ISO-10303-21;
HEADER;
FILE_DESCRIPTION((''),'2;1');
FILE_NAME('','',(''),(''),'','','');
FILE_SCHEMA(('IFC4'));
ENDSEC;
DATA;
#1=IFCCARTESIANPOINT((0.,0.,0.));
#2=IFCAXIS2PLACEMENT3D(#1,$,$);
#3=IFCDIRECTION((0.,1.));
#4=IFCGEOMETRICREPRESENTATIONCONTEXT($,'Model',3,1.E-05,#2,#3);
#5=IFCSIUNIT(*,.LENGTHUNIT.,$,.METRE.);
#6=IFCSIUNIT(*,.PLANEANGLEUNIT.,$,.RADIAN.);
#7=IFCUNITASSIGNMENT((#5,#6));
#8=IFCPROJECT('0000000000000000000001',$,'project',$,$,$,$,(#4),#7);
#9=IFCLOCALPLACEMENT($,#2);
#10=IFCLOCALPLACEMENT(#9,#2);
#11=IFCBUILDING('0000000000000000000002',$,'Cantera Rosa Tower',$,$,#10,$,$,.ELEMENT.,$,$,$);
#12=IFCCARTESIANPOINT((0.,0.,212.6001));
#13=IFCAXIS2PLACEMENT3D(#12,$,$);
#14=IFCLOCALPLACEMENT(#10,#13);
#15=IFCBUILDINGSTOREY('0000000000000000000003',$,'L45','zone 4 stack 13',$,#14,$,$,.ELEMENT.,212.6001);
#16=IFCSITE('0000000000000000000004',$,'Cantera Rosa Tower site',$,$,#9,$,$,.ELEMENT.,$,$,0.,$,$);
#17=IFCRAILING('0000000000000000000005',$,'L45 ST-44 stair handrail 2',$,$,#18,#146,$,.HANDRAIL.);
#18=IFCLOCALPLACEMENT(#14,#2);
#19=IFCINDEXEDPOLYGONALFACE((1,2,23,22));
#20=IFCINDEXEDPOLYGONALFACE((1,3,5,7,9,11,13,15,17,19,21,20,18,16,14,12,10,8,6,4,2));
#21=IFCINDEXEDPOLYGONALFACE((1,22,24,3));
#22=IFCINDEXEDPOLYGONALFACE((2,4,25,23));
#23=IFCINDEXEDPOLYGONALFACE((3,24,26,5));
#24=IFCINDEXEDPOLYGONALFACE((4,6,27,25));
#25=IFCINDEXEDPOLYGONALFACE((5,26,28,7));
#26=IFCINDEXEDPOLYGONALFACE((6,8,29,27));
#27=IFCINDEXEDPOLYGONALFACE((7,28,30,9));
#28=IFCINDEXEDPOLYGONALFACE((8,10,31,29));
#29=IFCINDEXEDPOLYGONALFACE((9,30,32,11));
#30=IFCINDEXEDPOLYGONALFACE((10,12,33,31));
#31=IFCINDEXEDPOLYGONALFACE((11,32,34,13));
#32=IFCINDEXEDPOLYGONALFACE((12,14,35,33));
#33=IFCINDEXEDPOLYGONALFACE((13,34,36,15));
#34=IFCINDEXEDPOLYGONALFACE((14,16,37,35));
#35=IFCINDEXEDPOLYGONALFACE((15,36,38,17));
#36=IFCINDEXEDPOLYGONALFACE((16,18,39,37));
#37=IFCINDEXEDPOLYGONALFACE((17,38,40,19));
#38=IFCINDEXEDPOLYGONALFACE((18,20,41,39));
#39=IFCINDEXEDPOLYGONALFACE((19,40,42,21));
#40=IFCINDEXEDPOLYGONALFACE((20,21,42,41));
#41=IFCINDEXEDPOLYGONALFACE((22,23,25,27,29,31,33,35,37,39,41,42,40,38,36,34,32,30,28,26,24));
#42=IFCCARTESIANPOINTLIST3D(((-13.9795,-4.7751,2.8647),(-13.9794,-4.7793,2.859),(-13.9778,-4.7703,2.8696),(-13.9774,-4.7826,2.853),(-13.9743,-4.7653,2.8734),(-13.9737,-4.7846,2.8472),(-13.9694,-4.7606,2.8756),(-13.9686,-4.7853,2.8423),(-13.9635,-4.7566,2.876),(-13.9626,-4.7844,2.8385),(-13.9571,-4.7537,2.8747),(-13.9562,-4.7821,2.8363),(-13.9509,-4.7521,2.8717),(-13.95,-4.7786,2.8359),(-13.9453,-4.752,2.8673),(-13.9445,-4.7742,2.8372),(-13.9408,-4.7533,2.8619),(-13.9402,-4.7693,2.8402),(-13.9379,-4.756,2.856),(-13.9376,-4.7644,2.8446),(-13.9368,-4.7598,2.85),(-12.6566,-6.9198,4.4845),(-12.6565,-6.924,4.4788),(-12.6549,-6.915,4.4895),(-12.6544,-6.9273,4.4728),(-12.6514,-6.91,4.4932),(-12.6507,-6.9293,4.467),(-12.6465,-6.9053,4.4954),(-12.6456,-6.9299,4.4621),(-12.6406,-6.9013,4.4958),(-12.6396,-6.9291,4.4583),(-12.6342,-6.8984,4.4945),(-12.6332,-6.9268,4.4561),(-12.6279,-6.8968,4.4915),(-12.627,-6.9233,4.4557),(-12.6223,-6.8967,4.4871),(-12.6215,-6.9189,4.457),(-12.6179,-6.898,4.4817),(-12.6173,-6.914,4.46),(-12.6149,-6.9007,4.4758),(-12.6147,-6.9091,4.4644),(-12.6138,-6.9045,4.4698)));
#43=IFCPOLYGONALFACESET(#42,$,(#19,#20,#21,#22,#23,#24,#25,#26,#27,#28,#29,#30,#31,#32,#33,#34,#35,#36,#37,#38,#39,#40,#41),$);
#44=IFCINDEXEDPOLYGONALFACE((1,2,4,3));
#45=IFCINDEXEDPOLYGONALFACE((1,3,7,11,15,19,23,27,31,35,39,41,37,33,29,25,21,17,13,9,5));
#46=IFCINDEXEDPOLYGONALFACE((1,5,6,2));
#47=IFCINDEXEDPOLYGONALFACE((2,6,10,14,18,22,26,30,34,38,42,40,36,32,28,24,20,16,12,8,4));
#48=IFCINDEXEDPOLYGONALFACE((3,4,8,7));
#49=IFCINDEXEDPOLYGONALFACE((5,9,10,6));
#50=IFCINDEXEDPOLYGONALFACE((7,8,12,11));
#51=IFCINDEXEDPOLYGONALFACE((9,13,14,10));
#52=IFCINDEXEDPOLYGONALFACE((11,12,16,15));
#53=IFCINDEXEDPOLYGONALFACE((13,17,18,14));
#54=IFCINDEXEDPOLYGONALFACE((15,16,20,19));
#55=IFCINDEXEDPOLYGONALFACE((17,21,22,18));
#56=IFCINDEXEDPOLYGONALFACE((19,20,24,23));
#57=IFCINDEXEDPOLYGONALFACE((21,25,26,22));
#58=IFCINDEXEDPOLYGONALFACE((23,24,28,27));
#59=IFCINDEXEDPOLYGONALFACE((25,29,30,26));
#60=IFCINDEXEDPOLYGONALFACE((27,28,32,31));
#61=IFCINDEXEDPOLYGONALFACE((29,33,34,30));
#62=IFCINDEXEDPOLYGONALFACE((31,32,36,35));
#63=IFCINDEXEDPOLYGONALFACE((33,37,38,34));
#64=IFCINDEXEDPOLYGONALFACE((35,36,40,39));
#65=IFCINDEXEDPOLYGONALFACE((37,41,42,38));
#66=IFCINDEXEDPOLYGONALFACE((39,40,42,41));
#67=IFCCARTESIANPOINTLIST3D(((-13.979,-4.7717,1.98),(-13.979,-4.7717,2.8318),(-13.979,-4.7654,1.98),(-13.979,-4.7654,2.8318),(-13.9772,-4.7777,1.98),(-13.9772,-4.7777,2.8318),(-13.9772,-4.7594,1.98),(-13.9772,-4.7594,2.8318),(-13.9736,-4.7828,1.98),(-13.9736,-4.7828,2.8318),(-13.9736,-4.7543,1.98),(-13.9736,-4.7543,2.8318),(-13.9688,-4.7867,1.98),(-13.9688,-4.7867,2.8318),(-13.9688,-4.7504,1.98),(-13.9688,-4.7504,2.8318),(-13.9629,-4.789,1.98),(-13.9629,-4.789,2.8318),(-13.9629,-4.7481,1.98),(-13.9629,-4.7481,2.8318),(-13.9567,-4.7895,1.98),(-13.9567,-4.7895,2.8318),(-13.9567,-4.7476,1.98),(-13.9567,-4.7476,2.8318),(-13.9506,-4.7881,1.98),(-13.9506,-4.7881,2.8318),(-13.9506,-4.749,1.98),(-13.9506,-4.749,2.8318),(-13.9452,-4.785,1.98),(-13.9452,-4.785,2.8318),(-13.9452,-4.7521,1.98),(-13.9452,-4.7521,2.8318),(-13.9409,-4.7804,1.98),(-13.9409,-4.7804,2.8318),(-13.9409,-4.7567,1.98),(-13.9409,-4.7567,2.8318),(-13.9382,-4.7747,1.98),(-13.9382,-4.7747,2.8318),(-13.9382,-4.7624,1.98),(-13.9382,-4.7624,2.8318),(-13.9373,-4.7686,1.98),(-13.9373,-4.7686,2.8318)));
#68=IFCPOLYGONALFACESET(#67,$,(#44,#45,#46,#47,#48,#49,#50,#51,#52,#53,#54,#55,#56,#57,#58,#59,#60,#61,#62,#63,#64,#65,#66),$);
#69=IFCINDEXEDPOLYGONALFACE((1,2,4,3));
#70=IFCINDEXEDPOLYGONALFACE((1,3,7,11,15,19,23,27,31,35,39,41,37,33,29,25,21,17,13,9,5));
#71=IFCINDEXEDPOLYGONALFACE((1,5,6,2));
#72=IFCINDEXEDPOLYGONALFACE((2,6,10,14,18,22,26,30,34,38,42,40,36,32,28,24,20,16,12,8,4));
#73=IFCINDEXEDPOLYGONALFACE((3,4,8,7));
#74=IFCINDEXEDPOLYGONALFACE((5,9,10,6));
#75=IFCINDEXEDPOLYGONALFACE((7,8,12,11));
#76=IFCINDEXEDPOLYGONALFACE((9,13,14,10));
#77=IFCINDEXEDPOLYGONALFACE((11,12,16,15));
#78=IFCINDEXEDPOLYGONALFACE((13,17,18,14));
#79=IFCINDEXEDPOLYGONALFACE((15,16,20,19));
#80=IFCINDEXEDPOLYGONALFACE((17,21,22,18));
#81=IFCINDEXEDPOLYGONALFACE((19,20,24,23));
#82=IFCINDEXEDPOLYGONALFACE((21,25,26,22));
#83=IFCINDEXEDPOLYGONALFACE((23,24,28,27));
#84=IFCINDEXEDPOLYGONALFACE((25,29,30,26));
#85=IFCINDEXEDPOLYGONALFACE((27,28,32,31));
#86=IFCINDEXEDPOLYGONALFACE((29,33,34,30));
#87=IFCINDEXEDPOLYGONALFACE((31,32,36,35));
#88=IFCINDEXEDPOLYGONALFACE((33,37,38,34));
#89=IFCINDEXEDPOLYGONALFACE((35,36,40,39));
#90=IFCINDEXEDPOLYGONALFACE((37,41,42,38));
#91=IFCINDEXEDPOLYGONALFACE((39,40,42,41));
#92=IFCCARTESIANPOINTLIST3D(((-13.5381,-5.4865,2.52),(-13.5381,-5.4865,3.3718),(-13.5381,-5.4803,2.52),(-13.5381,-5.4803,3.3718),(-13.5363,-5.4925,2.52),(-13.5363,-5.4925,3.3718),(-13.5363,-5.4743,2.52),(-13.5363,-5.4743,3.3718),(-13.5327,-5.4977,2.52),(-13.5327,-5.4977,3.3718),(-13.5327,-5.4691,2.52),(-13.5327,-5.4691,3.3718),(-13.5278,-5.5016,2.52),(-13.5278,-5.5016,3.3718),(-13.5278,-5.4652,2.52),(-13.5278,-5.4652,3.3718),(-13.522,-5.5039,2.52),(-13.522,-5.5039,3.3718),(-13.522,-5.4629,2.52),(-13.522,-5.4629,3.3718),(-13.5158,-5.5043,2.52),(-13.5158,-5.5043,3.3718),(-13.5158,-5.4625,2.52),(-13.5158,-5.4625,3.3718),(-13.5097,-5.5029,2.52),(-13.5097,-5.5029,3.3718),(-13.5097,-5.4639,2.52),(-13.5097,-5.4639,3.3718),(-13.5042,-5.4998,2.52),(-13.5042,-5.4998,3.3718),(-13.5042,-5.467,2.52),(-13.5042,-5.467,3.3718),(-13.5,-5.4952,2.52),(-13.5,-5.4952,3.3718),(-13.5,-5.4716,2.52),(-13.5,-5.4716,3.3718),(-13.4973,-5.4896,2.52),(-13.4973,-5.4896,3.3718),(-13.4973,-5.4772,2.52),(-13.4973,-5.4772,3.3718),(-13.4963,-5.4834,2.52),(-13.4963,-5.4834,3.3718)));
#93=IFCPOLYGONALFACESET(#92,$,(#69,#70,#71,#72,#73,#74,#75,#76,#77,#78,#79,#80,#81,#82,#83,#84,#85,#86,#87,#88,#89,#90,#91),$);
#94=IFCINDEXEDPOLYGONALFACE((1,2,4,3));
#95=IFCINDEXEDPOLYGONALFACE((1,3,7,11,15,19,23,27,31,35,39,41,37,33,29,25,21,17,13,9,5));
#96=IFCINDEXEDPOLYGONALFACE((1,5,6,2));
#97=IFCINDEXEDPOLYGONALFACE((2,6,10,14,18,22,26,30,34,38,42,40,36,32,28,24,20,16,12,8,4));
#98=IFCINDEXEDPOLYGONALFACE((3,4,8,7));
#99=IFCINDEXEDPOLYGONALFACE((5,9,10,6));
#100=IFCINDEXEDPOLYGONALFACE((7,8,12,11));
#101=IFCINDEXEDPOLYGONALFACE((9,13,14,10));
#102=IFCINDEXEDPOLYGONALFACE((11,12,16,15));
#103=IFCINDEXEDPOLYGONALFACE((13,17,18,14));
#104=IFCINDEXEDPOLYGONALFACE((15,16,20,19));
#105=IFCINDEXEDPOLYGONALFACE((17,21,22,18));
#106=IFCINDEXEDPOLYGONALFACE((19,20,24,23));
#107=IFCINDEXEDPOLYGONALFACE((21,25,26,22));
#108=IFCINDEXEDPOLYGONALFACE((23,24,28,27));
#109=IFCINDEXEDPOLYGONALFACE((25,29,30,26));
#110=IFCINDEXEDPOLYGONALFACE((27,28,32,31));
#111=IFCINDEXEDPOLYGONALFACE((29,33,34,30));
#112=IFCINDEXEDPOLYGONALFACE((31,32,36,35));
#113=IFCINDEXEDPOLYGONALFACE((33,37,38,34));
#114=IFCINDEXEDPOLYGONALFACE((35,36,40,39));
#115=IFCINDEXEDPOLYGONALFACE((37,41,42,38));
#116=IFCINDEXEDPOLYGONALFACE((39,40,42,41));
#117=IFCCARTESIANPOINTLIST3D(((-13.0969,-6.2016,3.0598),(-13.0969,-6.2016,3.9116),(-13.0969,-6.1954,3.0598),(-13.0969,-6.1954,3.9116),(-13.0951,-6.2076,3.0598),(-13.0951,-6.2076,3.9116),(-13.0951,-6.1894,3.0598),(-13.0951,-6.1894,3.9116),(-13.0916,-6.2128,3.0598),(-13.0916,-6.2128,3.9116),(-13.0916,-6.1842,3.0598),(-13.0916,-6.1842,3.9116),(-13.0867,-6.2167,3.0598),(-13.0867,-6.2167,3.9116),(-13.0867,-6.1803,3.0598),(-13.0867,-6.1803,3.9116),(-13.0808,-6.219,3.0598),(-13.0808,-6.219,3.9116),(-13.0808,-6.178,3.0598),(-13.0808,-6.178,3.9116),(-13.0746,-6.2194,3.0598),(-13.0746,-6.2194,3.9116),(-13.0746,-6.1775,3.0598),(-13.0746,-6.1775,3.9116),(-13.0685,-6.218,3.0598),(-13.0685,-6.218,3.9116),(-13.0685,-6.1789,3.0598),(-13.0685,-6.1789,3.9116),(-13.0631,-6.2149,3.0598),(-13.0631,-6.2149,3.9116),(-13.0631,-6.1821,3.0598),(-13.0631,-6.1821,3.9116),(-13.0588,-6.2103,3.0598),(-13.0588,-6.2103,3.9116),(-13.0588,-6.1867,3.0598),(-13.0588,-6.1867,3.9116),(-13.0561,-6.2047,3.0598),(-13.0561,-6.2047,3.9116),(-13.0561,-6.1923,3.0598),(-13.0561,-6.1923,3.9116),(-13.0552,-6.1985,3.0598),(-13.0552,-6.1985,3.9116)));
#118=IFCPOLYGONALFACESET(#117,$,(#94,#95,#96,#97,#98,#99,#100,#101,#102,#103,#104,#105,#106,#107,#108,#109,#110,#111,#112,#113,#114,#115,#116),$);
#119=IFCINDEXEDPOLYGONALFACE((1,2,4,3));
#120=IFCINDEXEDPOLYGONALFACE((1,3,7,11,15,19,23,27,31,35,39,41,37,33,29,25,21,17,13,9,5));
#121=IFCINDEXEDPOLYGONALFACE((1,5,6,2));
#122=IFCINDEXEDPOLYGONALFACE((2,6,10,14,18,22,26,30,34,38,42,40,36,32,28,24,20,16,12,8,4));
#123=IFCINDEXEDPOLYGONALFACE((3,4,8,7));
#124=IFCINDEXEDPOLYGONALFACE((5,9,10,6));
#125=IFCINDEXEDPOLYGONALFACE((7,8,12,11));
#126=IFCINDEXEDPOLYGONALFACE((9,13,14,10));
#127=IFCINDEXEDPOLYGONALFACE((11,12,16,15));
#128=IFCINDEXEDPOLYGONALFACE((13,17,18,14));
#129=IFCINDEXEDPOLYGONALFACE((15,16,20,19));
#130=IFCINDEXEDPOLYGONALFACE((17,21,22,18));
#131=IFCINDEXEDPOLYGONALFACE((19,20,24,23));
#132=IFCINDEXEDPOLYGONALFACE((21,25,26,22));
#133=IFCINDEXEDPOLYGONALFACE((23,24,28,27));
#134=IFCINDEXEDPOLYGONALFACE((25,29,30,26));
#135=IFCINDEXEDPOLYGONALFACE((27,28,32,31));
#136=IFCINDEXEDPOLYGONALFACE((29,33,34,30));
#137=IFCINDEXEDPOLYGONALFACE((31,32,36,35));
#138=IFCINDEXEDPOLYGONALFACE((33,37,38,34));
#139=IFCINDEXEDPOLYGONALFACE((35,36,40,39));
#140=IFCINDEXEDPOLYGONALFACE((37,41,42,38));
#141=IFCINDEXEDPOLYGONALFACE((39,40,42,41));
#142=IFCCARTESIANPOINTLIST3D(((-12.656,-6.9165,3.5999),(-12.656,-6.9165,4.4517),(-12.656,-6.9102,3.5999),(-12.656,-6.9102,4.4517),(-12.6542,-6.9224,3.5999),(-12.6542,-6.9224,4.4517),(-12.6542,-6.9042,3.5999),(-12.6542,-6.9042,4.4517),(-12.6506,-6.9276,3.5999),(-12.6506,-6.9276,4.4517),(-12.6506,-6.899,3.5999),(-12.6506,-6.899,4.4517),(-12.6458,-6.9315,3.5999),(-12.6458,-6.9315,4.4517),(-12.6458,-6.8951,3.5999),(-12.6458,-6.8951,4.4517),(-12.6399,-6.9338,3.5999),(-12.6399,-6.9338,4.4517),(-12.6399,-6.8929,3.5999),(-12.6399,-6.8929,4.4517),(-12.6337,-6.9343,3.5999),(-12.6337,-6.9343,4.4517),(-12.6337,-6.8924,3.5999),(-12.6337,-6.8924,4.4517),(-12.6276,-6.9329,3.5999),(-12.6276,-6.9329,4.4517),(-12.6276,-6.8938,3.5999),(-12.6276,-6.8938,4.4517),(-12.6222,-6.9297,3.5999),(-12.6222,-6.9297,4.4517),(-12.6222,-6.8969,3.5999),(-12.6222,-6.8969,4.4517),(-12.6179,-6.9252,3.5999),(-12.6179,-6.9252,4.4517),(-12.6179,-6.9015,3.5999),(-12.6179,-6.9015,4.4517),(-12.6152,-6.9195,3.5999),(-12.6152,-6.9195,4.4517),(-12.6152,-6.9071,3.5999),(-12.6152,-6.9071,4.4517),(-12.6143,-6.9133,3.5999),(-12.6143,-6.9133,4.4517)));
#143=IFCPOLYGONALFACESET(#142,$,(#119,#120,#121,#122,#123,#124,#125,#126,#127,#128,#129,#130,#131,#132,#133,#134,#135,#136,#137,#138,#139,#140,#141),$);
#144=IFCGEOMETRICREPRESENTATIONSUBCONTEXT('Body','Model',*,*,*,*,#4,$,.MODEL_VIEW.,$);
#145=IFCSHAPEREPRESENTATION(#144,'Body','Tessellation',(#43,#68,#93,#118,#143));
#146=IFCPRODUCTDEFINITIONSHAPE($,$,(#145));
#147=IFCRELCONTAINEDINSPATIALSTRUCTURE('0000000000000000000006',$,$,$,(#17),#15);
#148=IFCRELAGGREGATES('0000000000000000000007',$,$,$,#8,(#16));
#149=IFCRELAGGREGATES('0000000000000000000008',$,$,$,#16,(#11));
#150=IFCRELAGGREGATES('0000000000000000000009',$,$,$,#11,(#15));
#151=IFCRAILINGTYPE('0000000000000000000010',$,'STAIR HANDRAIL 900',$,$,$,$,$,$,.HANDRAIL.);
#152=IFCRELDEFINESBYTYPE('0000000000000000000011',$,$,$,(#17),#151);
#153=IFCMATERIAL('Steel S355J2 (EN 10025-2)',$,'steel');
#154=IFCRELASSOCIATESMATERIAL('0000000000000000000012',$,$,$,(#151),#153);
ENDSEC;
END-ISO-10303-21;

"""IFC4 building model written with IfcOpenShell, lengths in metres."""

from ifc_helpers import new_model, si_unit, direction, frame, origin, origin_2d, place, context, subcontext, project, spatial, circle, extrude, material, type_object, element, save


model = new_model("IFC4")

# Units and contexts
model_context = context("Model", 3, precision=1e-05, world=origin(), true_north=direction((0.0, 1.0)))
body_context = subcontext(model_context, "Body", "Model", "MODEL_VIEW")
ifc_project = project(units=[si_unit("LENGTHUNIT", "METRE"), si_unit("PLANEANGLEUNIT", "RADIAN")], contexts=[model_context])

# Site, building, storey
site_placement = place(None, origin())
site = spatial("IfcSite", under=ifc_project, at=site_placement, Name="Cantera Rosa Tower site", CompositionType="ELEMENT", RefElevation=0.0)
building_placement = place(site_placement, origin())
building = spatial("IfcBuilding", under=site, at=building_placement, Name="Cantera Rosa Tower", CompositionType="ELEMENT")
storey_placement = place(building_placement, frame((0.0, 0.0, 212.6001)))
storey = spatial("IfcBuildingStorey", under=building, at=storey_placement, Name="L45", Description="zone 4 stack 13", CompositionType="ELEMENT", Elevation=212.6001)

# Railing
ifc_material_1 = material(Name="Steel S355J2 (EN 10025-2)", Category="steel")
railing_type_1 = type_object("IfcRailingType", Name="STAIR HANDRAIL 900", PredefinedType="HANDRAIL", material=ifc_material_1)
railing_1_placement = place(storey_placement, frame((-13.9583, -4.7686, 1.98)))
element("IfcRailing", 1, at=railing_1_placement, inside=storey, type_object=railing_type_1, Name="L45 ST-44 stair handrail 2", PredefinedType="HANDRAIL", context=body_context, shape_type="SweptSolid", body=[
    extrude(circle(Radius=0.0239, at=origin_2d()), frame((0.0, 0.0, 0.876), z_axis=(0.441629, -0.715945, 0.540728), x_axis=(0.851102, 0.525, 0.0)), (0.0, 0.0, 1.0), 2.9956),
    extrude(circle(Radius=0.021, at=origin_2d()), origin(), (0.0, 0.0, 1.0), 0.8518),
    extrude(circle(Radius=0.021, at=origin_2d()), frame((0.4409, -0.7148, 0.54)), (0.0, 0.0, 1.0), 0.8518),
    extrude(circle(Radius=0.021, at=origin_2d()), frame((0.8821, -1.4299, 1.0798)), (0.0, 0.0, 1.0), 0.8518),
    extrude(circle(Radius=0.021, at=origin_2d()), frame((1.323, -2.1448, 1.6199)), (0.0, 0.0, 1.0), 0.8518),
])

save(model, "model.ifc")
